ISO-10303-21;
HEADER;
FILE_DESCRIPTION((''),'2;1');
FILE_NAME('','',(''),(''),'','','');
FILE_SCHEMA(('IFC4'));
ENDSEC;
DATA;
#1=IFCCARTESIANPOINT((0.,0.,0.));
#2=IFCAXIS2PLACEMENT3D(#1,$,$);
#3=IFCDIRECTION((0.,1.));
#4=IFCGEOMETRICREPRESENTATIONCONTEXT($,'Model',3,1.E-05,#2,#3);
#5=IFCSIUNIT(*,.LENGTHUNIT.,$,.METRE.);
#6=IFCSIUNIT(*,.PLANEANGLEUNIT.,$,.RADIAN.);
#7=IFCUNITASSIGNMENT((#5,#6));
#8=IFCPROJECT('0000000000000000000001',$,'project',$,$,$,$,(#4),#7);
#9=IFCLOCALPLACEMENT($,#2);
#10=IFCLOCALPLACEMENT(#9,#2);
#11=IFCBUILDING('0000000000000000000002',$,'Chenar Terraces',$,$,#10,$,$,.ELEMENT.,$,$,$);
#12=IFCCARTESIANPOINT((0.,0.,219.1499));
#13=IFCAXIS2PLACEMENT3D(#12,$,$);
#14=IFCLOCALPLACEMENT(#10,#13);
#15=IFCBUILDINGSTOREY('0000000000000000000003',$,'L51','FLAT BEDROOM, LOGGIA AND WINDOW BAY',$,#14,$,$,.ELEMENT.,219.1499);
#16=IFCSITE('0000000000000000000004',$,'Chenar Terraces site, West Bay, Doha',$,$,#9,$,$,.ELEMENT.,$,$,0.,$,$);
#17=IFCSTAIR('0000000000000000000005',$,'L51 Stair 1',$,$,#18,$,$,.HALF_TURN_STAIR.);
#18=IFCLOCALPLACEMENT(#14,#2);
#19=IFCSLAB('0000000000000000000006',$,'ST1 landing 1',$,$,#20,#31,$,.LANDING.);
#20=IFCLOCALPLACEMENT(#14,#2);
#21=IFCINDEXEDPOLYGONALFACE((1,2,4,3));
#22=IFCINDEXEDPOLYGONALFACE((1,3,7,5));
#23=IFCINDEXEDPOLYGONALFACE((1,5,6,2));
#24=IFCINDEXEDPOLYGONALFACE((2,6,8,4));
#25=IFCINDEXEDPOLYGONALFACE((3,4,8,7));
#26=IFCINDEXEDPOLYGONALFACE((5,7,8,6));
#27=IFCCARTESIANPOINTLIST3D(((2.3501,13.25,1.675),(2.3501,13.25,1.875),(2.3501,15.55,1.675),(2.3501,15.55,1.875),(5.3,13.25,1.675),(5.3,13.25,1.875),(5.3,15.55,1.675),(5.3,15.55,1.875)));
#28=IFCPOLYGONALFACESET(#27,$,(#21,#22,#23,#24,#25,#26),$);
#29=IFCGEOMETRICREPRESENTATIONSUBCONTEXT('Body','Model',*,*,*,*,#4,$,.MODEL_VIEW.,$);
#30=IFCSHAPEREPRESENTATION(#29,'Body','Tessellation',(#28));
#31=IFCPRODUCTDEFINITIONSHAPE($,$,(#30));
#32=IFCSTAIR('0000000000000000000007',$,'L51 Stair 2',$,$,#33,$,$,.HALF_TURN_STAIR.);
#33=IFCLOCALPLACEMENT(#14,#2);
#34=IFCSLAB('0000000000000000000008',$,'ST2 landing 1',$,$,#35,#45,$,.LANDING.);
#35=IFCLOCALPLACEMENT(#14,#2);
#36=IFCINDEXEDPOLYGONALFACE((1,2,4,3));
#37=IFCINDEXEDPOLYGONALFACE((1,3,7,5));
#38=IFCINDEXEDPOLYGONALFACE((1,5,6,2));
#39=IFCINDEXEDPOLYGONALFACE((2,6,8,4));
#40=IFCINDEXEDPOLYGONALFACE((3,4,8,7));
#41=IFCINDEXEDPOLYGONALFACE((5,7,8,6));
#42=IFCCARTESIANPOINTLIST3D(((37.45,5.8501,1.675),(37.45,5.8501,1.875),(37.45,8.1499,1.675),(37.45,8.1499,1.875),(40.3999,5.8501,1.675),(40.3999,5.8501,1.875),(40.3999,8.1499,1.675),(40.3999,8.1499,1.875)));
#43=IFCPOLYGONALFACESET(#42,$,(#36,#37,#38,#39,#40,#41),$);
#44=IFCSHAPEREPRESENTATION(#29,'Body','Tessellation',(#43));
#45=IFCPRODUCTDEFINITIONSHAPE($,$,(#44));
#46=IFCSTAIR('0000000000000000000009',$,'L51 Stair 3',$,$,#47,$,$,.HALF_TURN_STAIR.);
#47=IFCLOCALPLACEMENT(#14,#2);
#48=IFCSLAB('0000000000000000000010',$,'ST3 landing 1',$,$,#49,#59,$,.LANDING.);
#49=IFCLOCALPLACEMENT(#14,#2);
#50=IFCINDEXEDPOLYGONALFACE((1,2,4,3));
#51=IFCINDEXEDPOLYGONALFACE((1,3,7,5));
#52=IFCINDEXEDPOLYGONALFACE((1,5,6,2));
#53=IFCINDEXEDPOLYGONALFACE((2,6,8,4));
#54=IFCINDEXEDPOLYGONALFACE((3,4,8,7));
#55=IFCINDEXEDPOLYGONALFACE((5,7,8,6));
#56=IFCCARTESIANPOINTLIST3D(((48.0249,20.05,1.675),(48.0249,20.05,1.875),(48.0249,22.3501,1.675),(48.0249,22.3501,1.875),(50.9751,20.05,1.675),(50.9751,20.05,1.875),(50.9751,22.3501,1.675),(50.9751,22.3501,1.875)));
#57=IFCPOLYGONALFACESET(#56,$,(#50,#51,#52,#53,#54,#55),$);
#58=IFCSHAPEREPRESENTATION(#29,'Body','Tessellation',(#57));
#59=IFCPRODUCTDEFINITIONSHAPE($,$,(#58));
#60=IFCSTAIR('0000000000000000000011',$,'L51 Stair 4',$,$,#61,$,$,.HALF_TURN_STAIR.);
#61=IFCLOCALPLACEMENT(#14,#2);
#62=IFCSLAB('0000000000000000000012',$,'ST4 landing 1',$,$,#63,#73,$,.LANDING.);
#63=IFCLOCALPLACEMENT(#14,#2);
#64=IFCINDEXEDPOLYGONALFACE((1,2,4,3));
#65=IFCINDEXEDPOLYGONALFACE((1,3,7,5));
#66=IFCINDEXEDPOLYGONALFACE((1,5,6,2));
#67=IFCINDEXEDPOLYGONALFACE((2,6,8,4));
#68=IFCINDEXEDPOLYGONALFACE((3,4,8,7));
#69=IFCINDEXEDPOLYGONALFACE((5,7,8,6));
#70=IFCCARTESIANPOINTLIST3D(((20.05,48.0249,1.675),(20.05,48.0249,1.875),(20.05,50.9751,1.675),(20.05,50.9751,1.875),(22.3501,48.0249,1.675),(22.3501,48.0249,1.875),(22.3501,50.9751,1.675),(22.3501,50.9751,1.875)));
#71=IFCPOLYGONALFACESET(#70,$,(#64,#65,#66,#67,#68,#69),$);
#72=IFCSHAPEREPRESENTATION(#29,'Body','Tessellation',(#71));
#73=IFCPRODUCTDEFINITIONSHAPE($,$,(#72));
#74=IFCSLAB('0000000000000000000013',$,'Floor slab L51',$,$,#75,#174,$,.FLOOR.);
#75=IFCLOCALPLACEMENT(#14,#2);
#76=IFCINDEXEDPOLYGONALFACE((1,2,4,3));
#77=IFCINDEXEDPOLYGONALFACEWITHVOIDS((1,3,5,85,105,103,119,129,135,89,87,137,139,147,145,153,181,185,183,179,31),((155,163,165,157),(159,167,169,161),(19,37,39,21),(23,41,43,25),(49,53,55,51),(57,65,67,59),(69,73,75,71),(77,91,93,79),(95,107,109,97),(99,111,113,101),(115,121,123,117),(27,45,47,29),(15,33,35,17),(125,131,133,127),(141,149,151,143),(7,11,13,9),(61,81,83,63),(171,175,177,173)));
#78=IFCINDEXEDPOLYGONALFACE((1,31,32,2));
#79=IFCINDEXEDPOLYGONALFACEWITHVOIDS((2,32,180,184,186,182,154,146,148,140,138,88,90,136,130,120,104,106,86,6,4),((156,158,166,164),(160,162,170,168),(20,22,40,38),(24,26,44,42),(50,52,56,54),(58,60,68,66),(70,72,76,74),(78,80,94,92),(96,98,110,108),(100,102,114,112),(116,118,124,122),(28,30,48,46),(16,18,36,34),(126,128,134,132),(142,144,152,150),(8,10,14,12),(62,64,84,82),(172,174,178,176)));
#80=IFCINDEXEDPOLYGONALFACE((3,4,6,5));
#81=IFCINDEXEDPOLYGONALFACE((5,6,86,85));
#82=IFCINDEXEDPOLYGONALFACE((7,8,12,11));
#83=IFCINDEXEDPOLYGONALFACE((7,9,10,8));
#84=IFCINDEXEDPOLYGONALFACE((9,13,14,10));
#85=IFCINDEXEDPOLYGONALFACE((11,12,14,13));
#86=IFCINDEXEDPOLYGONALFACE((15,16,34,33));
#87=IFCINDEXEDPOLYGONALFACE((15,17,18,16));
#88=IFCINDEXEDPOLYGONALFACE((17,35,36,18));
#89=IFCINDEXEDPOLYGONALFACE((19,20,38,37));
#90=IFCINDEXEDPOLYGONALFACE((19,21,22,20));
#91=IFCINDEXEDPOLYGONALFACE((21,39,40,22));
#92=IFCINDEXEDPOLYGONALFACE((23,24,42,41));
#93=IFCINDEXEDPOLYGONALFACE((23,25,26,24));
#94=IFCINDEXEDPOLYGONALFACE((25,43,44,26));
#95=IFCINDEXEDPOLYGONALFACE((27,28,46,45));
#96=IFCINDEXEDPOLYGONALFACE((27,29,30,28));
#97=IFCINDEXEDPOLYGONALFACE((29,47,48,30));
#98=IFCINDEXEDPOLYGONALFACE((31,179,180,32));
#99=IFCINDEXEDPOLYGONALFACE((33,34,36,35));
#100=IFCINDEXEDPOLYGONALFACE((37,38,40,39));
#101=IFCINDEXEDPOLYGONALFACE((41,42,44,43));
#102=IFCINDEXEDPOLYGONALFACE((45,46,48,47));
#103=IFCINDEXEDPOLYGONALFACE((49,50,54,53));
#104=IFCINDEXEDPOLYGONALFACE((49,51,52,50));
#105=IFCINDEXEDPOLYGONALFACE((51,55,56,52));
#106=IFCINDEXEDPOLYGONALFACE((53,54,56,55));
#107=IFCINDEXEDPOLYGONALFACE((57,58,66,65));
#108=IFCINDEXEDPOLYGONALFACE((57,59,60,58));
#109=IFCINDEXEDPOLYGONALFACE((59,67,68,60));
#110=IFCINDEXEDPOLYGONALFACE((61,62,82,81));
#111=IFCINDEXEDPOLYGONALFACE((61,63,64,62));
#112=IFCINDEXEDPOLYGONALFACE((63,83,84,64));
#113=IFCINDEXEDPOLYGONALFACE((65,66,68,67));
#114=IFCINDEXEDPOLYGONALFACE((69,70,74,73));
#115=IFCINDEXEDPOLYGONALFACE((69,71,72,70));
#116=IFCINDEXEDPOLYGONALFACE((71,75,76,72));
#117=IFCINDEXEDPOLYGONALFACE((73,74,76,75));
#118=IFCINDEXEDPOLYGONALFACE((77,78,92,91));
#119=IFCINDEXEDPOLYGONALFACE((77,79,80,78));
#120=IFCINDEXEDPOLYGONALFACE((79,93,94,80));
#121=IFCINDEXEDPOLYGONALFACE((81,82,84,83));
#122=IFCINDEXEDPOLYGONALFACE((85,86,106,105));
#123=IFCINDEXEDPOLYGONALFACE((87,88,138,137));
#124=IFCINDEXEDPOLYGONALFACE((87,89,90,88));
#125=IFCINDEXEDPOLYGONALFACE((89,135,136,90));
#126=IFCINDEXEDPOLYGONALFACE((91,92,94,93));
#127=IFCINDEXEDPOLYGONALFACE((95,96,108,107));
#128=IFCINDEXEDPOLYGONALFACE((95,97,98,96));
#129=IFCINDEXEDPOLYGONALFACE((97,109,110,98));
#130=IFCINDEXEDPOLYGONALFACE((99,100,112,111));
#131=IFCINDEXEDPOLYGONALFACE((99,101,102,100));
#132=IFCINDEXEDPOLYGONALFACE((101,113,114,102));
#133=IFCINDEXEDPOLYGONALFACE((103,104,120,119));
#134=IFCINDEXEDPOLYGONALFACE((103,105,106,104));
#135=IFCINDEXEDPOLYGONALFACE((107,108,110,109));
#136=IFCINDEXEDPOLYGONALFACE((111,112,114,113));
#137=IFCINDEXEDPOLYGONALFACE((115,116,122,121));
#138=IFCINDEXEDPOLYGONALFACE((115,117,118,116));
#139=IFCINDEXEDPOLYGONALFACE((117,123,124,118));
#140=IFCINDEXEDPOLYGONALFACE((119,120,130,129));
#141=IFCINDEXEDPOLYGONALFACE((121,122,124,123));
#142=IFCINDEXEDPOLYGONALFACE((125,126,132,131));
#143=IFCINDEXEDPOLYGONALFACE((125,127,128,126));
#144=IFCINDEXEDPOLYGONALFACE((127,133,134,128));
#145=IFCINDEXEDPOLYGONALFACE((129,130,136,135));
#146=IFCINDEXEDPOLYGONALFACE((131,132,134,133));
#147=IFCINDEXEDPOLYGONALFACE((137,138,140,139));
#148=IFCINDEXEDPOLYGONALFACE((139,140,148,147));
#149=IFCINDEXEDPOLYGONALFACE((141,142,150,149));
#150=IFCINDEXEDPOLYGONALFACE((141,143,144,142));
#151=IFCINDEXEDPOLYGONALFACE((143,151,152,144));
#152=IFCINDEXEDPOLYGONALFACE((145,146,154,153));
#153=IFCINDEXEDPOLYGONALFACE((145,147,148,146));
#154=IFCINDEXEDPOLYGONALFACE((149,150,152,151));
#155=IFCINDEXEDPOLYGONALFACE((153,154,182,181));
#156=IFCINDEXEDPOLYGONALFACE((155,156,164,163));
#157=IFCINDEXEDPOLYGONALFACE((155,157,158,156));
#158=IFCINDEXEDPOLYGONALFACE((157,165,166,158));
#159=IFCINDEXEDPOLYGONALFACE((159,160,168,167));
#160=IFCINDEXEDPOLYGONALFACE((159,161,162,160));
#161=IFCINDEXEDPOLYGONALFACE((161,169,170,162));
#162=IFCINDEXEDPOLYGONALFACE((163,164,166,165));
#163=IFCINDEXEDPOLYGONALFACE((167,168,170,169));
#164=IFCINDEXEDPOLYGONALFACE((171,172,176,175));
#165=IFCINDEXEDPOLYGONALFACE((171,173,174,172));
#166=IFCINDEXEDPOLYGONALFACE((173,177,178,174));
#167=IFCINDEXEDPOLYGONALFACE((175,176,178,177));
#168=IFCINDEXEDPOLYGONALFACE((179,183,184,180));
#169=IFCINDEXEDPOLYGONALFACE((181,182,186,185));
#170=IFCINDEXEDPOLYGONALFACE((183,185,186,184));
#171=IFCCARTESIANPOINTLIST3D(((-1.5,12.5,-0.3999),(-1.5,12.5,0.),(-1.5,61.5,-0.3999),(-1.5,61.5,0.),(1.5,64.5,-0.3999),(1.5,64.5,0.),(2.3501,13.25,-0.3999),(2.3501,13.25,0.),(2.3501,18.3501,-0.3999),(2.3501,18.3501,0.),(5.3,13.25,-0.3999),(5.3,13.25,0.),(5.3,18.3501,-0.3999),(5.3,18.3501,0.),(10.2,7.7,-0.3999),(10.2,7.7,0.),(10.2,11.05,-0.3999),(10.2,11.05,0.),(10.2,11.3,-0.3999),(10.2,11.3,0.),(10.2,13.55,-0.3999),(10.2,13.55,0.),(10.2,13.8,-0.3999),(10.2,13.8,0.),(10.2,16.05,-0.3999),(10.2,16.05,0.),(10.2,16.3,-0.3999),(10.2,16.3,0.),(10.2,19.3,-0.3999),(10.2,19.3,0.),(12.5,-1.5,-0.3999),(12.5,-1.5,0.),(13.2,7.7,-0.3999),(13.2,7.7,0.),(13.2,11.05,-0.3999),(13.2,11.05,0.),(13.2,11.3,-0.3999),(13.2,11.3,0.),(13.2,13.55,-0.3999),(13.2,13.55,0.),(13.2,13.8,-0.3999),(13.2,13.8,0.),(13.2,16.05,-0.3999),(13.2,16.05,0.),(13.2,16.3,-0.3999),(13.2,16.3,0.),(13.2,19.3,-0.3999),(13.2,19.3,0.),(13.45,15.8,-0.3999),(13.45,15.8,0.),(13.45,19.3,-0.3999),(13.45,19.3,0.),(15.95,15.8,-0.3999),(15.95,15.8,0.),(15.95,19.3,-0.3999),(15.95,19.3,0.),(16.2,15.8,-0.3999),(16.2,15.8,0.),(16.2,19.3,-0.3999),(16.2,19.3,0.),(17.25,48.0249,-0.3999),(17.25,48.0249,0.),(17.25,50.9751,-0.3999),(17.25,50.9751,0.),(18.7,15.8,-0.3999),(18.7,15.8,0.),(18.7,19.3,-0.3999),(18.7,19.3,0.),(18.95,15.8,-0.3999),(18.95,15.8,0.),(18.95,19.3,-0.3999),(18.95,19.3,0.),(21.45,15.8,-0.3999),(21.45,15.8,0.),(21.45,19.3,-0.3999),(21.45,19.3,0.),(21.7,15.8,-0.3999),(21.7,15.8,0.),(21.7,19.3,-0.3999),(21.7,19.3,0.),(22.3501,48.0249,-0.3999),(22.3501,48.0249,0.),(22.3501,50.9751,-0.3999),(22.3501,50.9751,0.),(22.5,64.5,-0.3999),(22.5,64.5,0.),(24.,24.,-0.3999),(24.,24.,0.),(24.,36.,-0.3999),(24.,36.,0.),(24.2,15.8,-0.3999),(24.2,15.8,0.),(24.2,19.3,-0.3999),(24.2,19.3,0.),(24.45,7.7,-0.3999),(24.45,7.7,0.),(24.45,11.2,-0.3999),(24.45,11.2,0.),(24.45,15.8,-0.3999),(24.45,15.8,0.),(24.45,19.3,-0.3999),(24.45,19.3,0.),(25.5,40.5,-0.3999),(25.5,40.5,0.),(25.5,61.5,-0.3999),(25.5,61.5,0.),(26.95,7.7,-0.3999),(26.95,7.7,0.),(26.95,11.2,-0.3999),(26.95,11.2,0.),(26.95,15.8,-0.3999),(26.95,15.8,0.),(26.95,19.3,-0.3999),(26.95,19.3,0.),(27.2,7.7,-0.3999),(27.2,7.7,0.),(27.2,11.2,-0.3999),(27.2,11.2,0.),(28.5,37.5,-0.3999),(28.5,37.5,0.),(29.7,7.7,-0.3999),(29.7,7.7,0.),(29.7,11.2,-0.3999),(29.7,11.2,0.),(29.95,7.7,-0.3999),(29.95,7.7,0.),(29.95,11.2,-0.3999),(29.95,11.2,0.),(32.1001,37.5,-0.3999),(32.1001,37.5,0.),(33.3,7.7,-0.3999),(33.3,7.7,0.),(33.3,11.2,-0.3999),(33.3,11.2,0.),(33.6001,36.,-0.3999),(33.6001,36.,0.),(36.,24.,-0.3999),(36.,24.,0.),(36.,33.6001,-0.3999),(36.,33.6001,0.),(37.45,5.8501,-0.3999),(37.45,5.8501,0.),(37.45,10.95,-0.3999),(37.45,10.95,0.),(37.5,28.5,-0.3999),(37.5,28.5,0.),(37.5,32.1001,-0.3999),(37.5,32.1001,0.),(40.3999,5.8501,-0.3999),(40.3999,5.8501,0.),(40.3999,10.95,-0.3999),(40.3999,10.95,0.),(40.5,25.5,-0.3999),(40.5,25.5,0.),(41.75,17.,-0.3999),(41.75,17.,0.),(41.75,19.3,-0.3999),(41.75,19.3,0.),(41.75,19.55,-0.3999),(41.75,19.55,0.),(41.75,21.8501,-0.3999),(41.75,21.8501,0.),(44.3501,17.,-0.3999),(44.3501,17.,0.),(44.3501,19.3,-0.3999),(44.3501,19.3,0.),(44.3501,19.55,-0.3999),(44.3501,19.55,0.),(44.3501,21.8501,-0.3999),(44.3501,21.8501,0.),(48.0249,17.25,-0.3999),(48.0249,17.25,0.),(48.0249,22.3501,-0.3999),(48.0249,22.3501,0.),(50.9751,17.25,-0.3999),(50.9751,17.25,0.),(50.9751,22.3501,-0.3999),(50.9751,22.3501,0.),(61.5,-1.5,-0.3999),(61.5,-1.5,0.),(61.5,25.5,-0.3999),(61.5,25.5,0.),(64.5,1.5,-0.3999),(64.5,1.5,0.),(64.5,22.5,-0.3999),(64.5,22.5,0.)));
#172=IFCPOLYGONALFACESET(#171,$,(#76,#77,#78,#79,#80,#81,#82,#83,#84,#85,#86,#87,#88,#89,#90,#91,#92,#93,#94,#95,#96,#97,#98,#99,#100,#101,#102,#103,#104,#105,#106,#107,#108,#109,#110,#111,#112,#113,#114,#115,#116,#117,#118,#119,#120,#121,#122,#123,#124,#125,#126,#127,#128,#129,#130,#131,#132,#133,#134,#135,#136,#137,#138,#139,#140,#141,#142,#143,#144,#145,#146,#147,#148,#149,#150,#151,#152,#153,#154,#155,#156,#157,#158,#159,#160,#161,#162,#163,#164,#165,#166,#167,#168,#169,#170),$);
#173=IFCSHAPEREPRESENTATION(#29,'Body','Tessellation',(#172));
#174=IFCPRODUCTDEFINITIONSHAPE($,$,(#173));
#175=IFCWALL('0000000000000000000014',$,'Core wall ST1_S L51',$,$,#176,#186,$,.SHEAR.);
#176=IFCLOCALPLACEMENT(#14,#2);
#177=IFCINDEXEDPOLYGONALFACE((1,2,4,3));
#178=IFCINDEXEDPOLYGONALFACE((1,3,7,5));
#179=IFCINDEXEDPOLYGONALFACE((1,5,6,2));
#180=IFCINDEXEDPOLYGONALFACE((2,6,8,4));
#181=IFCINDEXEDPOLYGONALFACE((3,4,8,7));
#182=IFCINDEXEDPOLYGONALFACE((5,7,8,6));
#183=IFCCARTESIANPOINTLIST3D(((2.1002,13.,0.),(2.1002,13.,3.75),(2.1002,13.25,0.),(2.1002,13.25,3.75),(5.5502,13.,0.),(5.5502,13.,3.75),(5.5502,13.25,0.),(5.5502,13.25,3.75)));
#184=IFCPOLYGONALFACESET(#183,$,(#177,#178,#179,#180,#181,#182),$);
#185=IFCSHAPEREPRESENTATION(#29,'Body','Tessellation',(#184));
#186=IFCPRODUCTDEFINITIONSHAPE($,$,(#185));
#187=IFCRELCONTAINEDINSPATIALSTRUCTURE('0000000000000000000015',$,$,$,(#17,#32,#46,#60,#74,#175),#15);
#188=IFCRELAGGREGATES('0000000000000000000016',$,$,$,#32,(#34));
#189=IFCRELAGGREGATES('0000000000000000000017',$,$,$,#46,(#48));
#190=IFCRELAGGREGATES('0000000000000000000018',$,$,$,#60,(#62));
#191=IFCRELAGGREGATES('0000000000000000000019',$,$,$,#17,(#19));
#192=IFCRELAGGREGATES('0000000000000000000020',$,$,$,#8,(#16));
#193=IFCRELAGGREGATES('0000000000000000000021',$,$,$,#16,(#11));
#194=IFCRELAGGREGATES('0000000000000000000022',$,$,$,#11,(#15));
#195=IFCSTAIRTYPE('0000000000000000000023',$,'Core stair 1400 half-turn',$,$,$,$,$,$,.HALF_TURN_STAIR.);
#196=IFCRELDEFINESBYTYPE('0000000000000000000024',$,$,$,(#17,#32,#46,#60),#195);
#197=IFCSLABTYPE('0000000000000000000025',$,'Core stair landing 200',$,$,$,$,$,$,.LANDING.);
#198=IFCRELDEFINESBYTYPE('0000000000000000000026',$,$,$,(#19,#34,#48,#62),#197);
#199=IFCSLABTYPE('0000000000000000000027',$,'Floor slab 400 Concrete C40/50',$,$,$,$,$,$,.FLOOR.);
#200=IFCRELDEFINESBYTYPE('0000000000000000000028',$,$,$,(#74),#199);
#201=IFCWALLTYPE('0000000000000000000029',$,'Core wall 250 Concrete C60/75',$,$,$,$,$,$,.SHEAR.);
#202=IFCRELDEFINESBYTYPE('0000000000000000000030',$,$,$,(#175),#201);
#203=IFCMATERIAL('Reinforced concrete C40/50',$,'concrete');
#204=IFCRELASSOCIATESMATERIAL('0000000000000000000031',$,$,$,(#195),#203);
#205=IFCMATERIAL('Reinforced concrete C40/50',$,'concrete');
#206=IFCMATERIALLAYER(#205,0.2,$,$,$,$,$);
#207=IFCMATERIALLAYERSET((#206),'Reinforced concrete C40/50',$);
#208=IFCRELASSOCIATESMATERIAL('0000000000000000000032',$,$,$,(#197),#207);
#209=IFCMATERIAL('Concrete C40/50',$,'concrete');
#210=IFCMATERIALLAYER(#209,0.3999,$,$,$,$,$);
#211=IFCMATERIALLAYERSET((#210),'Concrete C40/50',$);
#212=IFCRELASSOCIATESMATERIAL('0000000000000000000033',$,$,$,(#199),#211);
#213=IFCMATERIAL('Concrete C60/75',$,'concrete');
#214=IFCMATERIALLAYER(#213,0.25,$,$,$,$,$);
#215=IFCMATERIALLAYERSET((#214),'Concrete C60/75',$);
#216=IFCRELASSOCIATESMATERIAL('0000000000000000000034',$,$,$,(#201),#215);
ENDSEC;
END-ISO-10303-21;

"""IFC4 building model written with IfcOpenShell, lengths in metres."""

from ifc_helpers import new_model, si_unit, direction, frame, frame_2d, origin, place, context, subcontext, project, spatial, polyline, rectangle, outline, extrude, material, layer, layer_set, type_object, element, aggregate, save


model = new_model("IFC4")

# Units and contexts
model_context = context("Model", 3, precision=1e-05, world=origin(), true_north=direction((0.0, 1.0)))
body_context = subcontext(model_context, "Body", "Model", "MODEL_VIEW")
ifc_project = project(units=[si_unit("LENGTHUNIT", "METRE"), si_unit("PLANEANGLEUNIT", "RADIAN")], contexts=[model_context])

# Site, building, storey
site_placement = place(None, origin())
site = spatial("IfcSite", under=ifc_project, at=site_placement, Name="Chenar Terraces site, West Bay, Doha", CompositionType="ELEMENT", RefElevation=0.0)
building_placement = place(site_placement, origin())
building = spatial("IfcBuilding", under=site, at=building_placement, Name="Chenar Terraces", CompositionType="ELEMENT")
storey_placement = place(building_placement, frame((0.0, 0.0, 219.1499)))
storey = spatial("IfcBuildingStorey", under=building, at=storey_placement, Name="L51", Description="FLAT BEDROOM, LOGGIA AND WINDOW BAY", CompositionType="ELEMENT", Elevation=219.1499)

# Stairs, slabs
ifc_material_1 = material(Name="Reinforced concrete C40/50", Category="concrete")
stair_type = type_object("IfcStairType", Name="Core stair 1400 half-turn", PredefinedType="HALF_TURN_STAIR", material=ifc_material_1)
placement_1 = place(storey_placement, origin())
stair_1 = element("IfcStair", 1, at=placement_1, inside=storey, type_object=stair_type, Name="L51 Stair 1", PredefinedType="HALF_TURN_STAIR")
ifc_material_2 = material(Name="Reinforced concrete C40/50", Category="concrete")
ifc_layer_1 = layer(ifc_material_2, 0.2)
ifc_layer_set_1 = layer_set([ifc_layer_1], Name="Reinforced concrete C40/50")
slab_type_1 = type_object("IfcSlabType", Name="Core stair landing 200", PredefinedType="LANDING", material=ifc_layer_set_1)
placement_2 = place(storey_placement, frame((0.0, 0.0, 1.675)))
slab_1 = element("IfcSlab", 2, at=placement_2, type_object=slab_type_1, Name="ST1 landing 1", PredefinedType="LANDING", context=body_context, shape_type="SweptSolid", body=[
    extrude(outline(polyline([(2.3501, 15.55), (2.3501, 13.25), (5.3, 13.25), (5.3, 15.55), (2.3501, 15.55)])), origin(), (0.0, 0.0, 1.0), 0.2),
])
stair_2 = element("IfcStair", 3, at=placement_1, inside=storey, type_object=stair_type, Name="L51 Stair 2", PredefinedType="HALF_TURN_STAIR")
slab_2 = element("IfcSlab", 4, at=placement_2, type_object=slab_type_1, Name="ST2 landing 1", PredefinedType="LANDING", context=body_context, shape_type="SweptSolid", body=[
    extrude(outline(polyline([(37.45, 8.1499), (37.45, 5.8501), (40.3999, 5.8501), (40.3999, 8.1499), (37.45, 8.1499)])), origin(), (0.0, 0.0, 1.0), 0.2),
])
aggregate(stair_2, [slab_2])
stair_3 = element("IfcStair", 5, at=placement_1, inside=storey, type_object=stair_type, Name="L51 Stair 3", PredefinedType="HALF_TURN_STAIR")
slab_3 = element("IfcSlab", 6, at=placement_2, type_object=slab_type_1, Name="ST3 landing 1", PredefinedType="LANDING", context=body_context, shape_type="SweptSolid", body=[
    extrude(outline(polyline([(50.9751, 20.05), (50.9751, 22.3501), (48.0249, 22.3501), (48.0249, 20.05), (50.9751, 20.05)])), origin(), (0.0, 0.0, 1.0), 0.2),
])
aggregate(stair_3, [slab_3])
stair_4 = element("IfcStair", 7, at=placement_1, inside=storey, type_object=stair_type, Name="L51 Stair 4", PredefinedType="HALF_TURN_STAIR")
slab_4 = element("IfcSlab", 8, at=placement_2, type_object=slab_type_1, Name="ST4 landing 1", PredefinedType="LANDING", context=body_context, shape_type="SweptSolid", body=[
    extrude(outline(polyline([(20.05, 48.0249), (22.3501, 48.0249), (22.3501, 50.9751), (20.05, 50.9751), (20.05, 48.0249)])), origin(), (0.0, 0.0, 1.0), 0.2),
])
aggregate(stair_4, [slab_4])

# Slab
ifc_material_3 = material(Name="Concrete C40/50", Category="concrete")
ifc_layer_2 = layer(ifc_material_3, 0.3999)
ifc_layer_set_2 = layer_set([ifc_layer_2], Name="Concrete C40/50")
slab_type_2 = type_object("IfcSlabType", Name="Floor slab 400 Concrete C40/50", PredefinedType="FLOOR", material=ifc_layer_set_2)
slab_5_placement = place(storey_placement, frame((0.0, 0.0, -0.3999)))
element("IfcSlab", 9, at=slab_5_placement, inside=storey, type_object=slab_type_2, Name="Floor slab L51", PredefinedType="FLOOR", context=body_context, shape_type="SweptSolid", body=[
    extrude(outline(polyline([(64.5, 22.5), (64.5, 1.5), (61.5, -1.5), (12.5, -1.5), (-1.5, 12.5), (-1.5, 61.5), (1.5, 64.5), (22.5, 64.5), (25.5, 61.5), (25.5, 40.5), (28.5, 37.5), (32.1001, 37.5), (33.6001, 36.0), (24.0, 36.0), (24.0, 24.0), (36.0, 24.0), (36.0, 33.6001), (37.5, 32.1001), (37.5, 28.5), (40.5, 25.5), (61.5, 25.5), (64.5, 22.5)]), holes=[polyline([(13.2, 11.05), (10.2, 11.05), (10.2, 7.7), (13.2, 7.7), (13.2, 11.05)]), polyline([(13.2, 13.55), (10.2, 13.55), (10.2, 11.3), (13.2, 11.3), (13.2, 13.55)]), polyline([(13.2, 16.05), (10.2, 16.05), (10.2, 13.8), (13.2, 13.8), (13.2, 16.05)]), polyline([(2.3501, 13.25), (5.3, 13.25), (5.3, 18.3501), (2.3501, 18.3501), (2.3501, 13.25)]), polyline([(15.95, 19.3), (13.45, 19.3), (13.45, 15.8), (15.95, 15.8), (15.95, 19.3)]), polyline([(18.7, 19.3), (16.2, 19.3), (16.2, 15.8), (18.7, 15.8), (18.7, 19.3)]), polyline([(21.45, 19.3), (18.95, 19.3), (18.95, 15.8), (21.45, 15.8), (21.45, 19.3)]), polyline([(24.2, 15.8), (24.2, 19.3), (21.7, 19.3), (21.7, 15.8), (24.2, 15.8)]), polyline([(13.2, 16.3), (13.2, 19.3), (10.2, 19.3), (10.2, 16.3), (13.2, 16.3)]), polyline([(22.3501, 48.0249), (22.3501, 50.9751), (17.25, 50.9751), (17.25, 48.0249), (22.3501, 48.0249)]), polyline([(37.45, 5.8501), (40.3999, 5.8501), (40.3999, 10.95), (37.45, 10.95), (37.45, 5.8501)]), polyline([(26.95, 11.2), (24.45, 11.2), (24.45, 7.7), (26.95, 7.7), (26.95, 11.2)]), polyline([(29.7, 7.7), (29.7, 11.2), (27.2, 11.2), (27.2, 7.7), (29.7, 7.7)]), polyline([(33.3, 7.7), (33.3, 11.2), (29.95, 11.2), (29.95, 7.7), (33.3, 7.7)]), polyline([(26.95, 19.3), (24.45, 19.3), (24.45, 15.8), (26.95, 15.8), (26.95, 19.3)]), polyline([(44.3501, 19.3), (41.75, 19.3), (41.75, 17.0), (44.3501, 17.0), (44.3501, 19.3)]), polyline([(50.9751, 22.3501), (48.0249, 22.3501), (48.0249, 17.25), (50.9751, 17.25), (50.9751, 22.3501)]), polyline([(44.3501, 19.55), (44.3501, 21.8501), (41.75, 21.8501), (41.75, 19.55), (44.3501, 19.55)])]), origin(), (0.0, 0.0, 1.0), 0.3999),
])

# Wall
ifc_material_4 = material(Name="Concrete C60/75", Category="concrete")
ifc_layer_3 = layer(ifc_material_4, 0.25)
ifc_layer_set_3 = layer_set([ifc_layer_3], Name="Concrete C60/75")
wall_type_1 = type_object("IfcWallType", Name="Core wall 250 Concrete C60/75", PredefinedType="SHEAR", material=ifc_layer_set_3)
wall_1_placement = place(storey_placement, frame((2.1001, 13.125, 0.0), z_axis=(0.0, 0.0, 1.0), x_axis=(1.0, 0.0, 0.0)))
element("IfcWall", 10, at=wall_1_placement, inside=storey, type_object=wall_type_1, Name="Core wall ST1_S L51", PredefinedType="SHEAR", context=body_context, shape_type="SweptSolid", body=[
    extrude(rectangle(XDim=3.45, YDim=0.25, at=frame_2d((1.7251, 0.0))), origin(), (0.0, 0.0, 1.0), 3.75),
])

aggregate(stair_1, [slab_1])

save(model, "model.ifc")
